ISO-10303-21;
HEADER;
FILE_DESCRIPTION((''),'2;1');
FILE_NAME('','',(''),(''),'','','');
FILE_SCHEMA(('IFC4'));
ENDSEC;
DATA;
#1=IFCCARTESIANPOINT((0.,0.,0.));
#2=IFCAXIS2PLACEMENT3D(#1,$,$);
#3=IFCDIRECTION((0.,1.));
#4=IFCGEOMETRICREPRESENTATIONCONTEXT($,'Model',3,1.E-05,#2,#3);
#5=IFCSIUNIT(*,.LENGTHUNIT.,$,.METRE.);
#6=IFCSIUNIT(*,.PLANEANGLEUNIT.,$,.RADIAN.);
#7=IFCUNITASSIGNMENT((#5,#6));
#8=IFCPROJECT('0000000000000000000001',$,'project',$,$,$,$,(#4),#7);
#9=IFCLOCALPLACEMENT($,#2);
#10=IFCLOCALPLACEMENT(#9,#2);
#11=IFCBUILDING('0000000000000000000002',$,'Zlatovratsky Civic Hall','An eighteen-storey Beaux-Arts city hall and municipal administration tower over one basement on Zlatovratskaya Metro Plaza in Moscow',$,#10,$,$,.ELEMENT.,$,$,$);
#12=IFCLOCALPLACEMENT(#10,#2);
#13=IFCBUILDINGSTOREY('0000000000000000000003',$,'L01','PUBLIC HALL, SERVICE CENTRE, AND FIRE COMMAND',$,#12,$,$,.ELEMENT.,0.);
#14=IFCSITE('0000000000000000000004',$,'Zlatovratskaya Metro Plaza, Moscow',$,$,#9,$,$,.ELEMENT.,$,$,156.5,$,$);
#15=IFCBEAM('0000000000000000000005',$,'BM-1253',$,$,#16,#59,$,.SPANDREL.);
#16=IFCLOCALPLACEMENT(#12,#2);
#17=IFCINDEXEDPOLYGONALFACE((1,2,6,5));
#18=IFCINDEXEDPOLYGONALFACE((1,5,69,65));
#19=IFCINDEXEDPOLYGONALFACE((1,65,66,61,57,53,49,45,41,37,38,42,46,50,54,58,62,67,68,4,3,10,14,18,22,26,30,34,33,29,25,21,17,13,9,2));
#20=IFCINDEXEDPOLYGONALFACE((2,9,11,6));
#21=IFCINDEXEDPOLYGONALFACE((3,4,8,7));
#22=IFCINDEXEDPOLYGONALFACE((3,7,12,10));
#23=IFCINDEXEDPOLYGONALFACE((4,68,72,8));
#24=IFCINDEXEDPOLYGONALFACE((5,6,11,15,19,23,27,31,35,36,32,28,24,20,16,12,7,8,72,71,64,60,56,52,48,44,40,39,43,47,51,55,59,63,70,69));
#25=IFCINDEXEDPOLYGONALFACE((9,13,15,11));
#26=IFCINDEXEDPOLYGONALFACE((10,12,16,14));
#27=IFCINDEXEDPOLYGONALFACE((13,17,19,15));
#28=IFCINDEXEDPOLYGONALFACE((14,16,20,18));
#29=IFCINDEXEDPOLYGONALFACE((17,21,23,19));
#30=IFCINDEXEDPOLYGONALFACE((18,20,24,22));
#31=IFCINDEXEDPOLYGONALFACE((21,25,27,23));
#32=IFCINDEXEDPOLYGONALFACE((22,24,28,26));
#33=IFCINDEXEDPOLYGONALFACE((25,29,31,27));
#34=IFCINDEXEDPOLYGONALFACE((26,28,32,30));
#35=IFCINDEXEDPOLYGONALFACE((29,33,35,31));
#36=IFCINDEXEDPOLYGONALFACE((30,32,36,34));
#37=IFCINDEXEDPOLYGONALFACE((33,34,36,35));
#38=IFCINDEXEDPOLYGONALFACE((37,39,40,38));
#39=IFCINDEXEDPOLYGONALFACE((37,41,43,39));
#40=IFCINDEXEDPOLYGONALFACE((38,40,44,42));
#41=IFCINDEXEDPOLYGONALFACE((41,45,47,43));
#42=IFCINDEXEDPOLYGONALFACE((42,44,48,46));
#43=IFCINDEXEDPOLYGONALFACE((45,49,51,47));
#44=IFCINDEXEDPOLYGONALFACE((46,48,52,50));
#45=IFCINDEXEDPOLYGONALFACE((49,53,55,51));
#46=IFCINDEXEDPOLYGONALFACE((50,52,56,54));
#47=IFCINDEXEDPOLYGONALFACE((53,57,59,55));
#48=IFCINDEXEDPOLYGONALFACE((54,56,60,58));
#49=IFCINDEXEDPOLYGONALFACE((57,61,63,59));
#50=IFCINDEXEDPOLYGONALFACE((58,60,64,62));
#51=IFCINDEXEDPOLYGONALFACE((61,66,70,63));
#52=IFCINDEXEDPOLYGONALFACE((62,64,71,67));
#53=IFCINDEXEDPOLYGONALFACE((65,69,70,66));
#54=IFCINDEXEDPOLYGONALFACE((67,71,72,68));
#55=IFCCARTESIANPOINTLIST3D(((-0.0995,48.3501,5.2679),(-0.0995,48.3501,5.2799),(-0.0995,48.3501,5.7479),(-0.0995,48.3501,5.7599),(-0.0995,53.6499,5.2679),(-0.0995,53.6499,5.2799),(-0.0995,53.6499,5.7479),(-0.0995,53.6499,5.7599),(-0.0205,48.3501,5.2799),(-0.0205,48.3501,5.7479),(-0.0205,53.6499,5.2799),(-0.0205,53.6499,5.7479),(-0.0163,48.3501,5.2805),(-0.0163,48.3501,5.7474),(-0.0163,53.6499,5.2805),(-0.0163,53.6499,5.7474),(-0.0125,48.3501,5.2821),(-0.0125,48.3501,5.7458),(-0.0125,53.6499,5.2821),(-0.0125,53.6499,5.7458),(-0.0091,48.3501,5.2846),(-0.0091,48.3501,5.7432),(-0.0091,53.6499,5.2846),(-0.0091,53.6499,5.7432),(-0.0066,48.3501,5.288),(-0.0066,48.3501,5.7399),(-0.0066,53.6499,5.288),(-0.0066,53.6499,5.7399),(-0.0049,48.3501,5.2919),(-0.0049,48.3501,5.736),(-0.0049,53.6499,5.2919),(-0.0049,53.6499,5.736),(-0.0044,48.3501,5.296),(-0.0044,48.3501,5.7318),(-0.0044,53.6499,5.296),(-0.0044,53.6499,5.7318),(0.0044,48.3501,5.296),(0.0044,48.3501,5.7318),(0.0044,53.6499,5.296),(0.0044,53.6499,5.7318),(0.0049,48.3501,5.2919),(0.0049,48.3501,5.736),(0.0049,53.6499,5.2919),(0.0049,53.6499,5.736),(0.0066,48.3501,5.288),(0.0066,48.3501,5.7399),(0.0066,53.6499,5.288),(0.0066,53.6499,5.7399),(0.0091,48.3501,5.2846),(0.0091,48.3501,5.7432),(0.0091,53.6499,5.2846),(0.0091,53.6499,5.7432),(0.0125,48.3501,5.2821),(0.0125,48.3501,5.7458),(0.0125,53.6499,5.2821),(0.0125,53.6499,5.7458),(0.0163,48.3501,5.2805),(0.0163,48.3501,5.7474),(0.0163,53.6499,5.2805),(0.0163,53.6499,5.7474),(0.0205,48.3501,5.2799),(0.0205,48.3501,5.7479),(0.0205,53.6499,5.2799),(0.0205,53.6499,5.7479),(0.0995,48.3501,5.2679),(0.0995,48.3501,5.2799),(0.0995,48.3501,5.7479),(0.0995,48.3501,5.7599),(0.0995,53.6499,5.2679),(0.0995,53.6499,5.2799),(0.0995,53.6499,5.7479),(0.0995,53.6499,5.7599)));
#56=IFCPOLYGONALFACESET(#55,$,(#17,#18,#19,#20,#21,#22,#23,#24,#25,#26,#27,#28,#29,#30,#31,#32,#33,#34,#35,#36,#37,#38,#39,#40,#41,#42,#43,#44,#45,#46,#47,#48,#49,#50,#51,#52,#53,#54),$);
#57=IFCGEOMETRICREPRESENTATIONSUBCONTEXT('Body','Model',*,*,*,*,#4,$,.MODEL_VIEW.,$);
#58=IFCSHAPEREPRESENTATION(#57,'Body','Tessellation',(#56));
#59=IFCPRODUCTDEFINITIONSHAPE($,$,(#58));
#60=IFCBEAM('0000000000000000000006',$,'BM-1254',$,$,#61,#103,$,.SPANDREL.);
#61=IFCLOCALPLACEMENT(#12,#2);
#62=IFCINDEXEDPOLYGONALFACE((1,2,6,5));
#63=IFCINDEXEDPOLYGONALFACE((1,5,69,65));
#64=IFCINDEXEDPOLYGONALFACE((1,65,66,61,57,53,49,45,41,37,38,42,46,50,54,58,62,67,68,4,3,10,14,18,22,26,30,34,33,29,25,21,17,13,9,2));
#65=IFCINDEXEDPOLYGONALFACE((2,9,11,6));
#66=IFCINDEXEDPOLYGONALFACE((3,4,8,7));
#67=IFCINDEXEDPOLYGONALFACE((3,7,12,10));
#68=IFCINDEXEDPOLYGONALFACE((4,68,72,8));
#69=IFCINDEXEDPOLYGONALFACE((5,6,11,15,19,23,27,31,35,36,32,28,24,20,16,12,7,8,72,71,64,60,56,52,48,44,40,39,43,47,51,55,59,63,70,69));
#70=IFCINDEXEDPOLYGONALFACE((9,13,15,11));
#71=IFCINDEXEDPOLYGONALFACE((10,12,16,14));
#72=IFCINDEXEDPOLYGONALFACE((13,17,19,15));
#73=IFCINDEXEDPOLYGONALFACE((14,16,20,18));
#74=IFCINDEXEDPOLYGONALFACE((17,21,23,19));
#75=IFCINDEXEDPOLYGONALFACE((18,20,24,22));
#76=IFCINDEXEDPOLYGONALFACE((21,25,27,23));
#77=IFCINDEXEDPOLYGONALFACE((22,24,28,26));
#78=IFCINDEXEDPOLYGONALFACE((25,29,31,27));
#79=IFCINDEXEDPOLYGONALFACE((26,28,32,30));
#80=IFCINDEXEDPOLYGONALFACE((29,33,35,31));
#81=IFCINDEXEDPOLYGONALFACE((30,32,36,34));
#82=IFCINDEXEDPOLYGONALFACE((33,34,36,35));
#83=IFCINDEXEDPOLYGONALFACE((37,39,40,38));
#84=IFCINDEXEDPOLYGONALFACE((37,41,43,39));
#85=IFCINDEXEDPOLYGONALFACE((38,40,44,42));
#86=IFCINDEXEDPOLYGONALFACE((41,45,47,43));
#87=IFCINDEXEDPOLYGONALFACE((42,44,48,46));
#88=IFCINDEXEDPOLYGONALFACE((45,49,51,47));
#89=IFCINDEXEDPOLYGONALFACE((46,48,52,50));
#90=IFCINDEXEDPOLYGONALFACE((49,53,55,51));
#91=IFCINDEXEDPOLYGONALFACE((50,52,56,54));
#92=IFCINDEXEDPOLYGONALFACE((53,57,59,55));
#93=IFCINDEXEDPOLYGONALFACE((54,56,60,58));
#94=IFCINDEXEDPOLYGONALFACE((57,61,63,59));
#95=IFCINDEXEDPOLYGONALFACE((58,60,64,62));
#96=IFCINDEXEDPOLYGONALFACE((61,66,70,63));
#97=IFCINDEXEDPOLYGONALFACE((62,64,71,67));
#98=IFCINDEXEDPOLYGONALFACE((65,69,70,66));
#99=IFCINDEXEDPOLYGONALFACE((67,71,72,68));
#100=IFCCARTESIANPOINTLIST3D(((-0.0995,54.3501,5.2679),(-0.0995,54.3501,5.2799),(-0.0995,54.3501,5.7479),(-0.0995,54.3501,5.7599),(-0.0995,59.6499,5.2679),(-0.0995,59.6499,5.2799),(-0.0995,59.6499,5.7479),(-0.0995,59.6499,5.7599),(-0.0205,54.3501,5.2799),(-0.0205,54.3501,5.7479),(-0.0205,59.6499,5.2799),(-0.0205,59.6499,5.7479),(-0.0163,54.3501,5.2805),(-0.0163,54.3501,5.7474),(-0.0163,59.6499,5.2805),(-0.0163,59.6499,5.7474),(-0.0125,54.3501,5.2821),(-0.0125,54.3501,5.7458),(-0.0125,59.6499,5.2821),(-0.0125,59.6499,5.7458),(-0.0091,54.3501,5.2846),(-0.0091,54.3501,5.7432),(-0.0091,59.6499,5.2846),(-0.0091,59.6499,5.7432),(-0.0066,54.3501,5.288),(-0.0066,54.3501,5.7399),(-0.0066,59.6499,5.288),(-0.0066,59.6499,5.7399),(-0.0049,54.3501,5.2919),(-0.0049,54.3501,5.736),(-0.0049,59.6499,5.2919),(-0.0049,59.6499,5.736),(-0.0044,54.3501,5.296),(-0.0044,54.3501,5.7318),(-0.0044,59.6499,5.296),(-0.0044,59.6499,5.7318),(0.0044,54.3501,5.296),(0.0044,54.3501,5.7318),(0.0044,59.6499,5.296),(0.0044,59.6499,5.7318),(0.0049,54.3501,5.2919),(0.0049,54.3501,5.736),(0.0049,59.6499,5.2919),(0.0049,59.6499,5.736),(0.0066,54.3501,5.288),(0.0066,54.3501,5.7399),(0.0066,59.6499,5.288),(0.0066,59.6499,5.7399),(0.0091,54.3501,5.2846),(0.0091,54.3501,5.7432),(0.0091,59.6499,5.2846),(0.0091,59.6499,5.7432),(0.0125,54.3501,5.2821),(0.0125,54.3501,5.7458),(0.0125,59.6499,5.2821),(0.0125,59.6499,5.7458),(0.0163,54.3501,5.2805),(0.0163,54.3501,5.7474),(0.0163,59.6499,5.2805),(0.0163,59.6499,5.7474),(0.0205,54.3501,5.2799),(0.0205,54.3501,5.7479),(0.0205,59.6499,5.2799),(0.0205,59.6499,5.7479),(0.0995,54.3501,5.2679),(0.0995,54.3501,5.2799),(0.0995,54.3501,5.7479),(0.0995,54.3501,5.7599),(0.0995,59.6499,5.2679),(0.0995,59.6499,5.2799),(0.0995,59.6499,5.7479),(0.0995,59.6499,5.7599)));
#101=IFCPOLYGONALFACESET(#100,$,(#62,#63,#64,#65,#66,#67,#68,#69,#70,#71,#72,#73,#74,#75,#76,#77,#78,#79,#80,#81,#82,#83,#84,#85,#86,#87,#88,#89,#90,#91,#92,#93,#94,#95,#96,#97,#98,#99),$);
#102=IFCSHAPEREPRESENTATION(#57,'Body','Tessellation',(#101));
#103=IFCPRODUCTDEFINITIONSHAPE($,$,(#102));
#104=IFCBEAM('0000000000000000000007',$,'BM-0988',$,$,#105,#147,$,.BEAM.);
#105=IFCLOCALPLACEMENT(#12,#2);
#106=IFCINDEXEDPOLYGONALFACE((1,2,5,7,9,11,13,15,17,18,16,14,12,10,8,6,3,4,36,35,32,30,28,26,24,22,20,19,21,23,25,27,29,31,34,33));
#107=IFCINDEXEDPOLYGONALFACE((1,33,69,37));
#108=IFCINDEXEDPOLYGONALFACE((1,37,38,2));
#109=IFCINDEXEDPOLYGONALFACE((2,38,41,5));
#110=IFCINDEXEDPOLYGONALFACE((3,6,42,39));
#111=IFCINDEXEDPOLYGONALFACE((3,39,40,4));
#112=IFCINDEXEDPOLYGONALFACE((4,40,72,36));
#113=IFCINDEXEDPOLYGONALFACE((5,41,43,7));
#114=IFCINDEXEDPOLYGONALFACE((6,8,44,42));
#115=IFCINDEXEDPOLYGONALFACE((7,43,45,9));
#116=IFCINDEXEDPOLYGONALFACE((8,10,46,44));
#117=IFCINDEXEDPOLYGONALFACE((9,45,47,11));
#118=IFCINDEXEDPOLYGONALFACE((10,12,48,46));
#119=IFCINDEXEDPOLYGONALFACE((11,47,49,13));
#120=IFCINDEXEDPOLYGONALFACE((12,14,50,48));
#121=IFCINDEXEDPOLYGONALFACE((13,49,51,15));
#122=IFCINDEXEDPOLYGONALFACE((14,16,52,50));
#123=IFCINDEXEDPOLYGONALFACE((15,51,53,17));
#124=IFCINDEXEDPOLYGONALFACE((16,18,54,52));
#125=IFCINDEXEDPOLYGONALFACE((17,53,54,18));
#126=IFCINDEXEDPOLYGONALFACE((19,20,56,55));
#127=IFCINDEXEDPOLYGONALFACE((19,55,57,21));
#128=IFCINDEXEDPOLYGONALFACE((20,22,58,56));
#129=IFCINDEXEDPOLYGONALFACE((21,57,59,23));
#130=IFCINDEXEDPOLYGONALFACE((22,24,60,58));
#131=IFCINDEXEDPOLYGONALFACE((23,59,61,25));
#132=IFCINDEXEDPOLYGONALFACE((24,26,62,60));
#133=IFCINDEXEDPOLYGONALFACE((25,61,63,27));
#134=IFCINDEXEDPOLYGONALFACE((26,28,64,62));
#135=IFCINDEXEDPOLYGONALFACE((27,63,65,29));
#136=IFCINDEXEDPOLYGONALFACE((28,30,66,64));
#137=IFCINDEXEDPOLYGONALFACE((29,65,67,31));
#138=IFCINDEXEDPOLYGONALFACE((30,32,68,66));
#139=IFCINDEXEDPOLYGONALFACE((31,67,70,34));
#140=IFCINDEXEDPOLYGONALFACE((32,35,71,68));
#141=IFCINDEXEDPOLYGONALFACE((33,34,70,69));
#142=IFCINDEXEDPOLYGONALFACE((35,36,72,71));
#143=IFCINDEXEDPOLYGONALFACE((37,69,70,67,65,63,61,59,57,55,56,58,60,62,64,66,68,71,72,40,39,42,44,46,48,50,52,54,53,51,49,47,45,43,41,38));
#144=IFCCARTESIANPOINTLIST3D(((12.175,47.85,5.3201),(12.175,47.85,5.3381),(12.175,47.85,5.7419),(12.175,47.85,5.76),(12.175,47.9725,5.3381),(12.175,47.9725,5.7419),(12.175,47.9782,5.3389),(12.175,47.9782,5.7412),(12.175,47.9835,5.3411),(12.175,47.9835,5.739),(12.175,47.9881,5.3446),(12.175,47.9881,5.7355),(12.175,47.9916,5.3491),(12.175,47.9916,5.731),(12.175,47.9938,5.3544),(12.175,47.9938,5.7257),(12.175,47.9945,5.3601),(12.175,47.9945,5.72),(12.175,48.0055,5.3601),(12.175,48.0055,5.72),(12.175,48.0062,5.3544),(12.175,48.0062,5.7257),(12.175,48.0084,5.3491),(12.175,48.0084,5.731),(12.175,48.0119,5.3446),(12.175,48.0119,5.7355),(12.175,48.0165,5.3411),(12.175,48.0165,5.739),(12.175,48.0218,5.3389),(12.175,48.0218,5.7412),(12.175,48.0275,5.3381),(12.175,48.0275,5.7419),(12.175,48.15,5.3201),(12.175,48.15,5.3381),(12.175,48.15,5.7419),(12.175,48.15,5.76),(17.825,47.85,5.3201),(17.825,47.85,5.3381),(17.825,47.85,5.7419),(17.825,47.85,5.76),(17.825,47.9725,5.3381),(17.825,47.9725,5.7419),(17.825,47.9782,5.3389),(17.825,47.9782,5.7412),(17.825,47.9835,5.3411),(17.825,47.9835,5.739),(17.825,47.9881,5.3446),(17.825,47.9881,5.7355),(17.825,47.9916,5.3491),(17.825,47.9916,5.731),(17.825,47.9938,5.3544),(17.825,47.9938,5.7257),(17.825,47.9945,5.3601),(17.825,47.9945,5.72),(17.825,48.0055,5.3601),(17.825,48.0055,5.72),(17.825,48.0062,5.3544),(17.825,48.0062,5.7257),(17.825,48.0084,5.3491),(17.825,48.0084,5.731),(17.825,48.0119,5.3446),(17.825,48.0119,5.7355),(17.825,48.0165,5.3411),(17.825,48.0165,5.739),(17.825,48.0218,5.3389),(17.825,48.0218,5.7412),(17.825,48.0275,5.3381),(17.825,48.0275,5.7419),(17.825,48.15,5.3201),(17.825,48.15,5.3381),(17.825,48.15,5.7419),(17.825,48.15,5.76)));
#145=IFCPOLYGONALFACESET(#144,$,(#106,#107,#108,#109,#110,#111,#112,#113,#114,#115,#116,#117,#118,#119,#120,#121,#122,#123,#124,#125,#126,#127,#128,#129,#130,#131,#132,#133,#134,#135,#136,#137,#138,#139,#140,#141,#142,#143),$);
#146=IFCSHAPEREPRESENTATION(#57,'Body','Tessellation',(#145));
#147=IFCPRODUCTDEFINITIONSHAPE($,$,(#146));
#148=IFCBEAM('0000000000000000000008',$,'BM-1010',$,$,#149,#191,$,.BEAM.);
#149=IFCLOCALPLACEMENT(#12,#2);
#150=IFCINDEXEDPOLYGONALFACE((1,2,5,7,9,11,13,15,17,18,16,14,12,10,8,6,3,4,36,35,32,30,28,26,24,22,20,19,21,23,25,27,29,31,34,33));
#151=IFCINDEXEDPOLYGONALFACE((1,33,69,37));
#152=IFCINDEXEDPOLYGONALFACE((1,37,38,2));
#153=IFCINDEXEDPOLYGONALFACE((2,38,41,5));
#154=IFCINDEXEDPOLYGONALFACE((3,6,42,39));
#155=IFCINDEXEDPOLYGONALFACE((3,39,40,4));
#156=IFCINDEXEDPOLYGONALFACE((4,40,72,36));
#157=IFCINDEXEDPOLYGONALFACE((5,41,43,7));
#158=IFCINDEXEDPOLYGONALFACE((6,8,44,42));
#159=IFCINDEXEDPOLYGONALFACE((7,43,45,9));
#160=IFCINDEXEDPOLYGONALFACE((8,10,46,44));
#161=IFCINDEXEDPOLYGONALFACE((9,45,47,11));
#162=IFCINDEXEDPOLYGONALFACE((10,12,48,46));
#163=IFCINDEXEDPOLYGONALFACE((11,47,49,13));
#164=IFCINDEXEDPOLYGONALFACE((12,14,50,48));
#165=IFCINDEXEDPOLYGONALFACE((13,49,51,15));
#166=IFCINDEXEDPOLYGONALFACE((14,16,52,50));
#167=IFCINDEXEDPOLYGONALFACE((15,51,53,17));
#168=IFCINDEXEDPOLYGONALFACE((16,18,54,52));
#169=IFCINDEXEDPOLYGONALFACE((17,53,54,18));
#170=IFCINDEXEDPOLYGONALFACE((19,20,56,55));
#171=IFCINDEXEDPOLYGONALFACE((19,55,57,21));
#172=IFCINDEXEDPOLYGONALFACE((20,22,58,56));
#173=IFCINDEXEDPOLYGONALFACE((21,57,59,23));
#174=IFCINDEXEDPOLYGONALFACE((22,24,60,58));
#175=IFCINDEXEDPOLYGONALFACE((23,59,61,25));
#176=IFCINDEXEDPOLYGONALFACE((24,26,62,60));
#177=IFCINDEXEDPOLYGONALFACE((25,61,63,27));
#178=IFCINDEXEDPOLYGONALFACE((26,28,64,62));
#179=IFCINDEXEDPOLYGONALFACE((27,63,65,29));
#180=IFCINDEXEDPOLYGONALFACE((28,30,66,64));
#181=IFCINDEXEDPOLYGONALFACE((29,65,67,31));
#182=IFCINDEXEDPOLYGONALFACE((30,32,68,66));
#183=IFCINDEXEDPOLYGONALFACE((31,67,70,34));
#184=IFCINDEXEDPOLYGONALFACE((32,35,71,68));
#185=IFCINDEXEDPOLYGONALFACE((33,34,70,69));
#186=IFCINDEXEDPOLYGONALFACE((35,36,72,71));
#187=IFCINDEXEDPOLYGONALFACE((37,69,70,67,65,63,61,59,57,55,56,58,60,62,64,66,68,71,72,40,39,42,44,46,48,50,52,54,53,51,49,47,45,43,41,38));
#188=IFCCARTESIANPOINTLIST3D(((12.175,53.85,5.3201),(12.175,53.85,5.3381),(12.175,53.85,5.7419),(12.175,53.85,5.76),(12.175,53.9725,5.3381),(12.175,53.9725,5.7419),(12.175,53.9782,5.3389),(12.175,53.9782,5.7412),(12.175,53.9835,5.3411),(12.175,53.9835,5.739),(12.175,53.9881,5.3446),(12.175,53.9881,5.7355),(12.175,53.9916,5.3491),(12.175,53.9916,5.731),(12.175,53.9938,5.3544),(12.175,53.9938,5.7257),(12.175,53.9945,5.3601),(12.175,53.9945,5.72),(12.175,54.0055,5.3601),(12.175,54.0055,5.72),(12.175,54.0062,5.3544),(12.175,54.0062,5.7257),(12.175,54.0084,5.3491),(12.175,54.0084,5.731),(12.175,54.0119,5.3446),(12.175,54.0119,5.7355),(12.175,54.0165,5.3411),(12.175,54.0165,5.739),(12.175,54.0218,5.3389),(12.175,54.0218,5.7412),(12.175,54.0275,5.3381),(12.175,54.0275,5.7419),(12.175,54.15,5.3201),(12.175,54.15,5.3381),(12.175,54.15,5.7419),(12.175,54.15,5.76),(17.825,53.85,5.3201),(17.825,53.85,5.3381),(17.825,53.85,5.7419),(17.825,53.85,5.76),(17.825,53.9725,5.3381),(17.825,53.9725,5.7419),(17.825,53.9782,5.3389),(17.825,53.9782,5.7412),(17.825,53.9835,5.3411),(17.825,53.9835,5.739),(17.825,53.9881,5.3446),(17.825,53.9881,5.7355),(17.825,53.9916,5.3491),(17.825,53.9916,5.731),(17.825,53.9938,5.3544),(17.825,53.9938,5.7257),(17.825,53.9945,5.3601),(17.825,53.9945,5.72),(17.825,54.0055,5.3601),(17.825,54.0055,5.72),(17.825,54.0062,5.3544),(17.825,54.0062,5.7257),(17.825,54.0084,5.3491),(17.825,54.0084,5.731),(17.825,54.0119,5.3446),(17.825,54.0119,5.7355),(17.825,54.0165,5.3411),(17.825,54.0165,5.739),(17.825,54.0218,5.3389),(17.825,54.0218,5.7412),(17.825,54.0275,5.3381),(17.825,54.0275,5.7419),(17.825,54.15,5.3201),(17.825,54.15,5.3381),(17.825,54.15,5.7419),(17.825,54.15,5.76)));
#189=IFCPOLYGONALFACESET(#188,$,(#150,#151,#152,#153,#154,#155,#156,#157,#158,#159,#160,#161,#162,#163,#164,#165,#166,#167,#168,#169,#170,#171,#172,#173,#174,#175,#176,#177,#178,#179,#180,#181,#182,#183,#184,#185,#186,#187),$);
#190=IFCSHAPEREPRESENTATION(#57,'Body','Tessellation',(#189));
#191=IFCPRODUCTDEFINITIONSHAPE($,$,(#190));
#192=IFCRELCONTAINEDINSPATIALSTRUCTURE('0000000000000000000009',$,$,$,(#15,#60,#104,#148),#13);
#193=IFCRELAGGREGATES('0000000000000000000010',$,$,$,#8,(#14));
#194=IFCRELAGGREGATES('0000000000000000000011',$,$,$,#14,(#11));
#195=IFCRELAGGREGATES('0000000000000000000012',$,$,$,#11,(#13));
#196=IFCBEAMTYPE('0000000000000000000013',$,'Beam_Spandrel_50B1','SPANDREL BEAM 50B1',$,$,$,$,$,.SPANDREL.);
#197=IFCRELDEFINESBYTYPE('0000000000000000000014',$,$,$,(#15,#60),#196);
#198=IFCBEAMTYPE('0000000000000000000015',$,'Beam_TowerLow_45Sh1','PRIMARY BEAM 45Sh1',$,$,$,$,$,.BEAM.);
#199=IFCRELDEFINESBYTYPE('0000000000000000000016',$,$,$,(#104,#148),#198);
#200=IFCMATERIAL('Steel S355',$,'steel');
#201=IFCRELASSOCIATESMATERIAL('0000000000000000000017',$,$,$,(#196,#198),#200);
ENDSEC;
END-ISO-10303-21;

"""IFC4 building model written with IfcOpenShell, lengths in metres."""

from ifc_helpers import new_model, si_unit, direction, frame, origin, origin_2d, place, context, subcontext, project, spatial, i_section, extrude, material, material_profile, profile_set, type_object, element, save


model = new_model("IFC4")

# Units and contexts
model_context = context("Model", 3, precision=1e-05, world=origin(), true_north=direction((0.0, 1.0)))
body_context = subcontext(model_context, "Body", "Model", "MODEL_VIEW")
ifc_project = project(units=[si_unit("LENGTHUNIT", "METRE"), si_unit("PLANEANGLEUNIT", "RADIAN")], contexts=[model_context])

# Site, building, storey
site_placement = place(None, origin())
site = spatial("IfcSite", under=ifc_project, at=site_placement, Name="Zlatovratskaya Metro Plaza, Moscow", CompositionType="ELEMENT", RefElevation=156.5)
building_placement = place(site_placement, origin())
building = spatial("IfcBuilding", under=site, at=building_placement, Name="Zlatovratsky Civic Hall", Description="An eighteen-storey Beaux-Arts city hall and municipal administration tower over one basement on Zlatovratskaya Metro Plaza in Moscow", CompositionType="ELEMENT")
storey_placement = place(building_placement, origin())
storey = spatial("IfcBuildingStorey", under=building, at=storey_placement, Name="L01", Description="PUBLIC HALL, SERVICE CENTRE, AND FIRE COMMAND", CompositionType="ELEMENT", Elevation=0.0)

# Shared definitions
ifc_material_1 = material(Name="Steel S355", Category="steel")

# Beams
ifc_material_profile_1 = material_profile(ifc_material_1, i_section(OverallWidth=0.199, OverallDepth=0.4919, WebThickness=0.0088, FlangeThickness=0.012, FilletRadius=0.0161, at=origin_2d()), Name="50B1")
ifc_profile_set_1 = profile_set([ifc_material_profile_1], Name="Steel S355")
beam_type_1 = type_object("IfcBeamType", Name="Beam_Spandrel_50B1", Description="SPANDREL BEAM 50B1", PredefinedType="SPANDREL", material=ifc_profile_set_1)
for number, where, z_axis, x_axis, name in (
    (1, (0.0, 48.3501, 5.5139), (0.0, 1.0, 0.0), (-1.0, 0.0, 0.0), "BM-1253"),
    (2, (0.0, 54.3501, 5.5139), (0.0, 1.0, 0.0), (-1.0, 0.0, 0.0), "BM-1254"),
):
    element("IfcBeam", number, at=place(storey_placement, frame(where, z_axis=z_axis, x_axis=x_axis)), inside=storey, type_object=beam_type_1, Name=name, PredefinedType="SPANDREL", context=body_context, shape_type="SweptSolid", body=[
        extrude(i_section(OverallWidth=0.199, OverallDepth=0.4919, WebThickness=0.0088, FlangeThickness=0.012, FilletRadius=0.0161, at=origin_2d()), origin(), (0.0, 0.0, 1.0), 5.2998),
    ])
ifc_material_profile_2 = material_profile(ifc_material_1, i_section(OverallWidth=0.3, OverallDepth=0.4399, WebThickness=0.011, FlangeThickness=0.0181, FilletRadius=0.022, at=origin_2d()), Name="45Sh1")
ifc_profile_set_2 = profile_set([ifc_material_profile_2], Name="Steel S355")
beam_type_2 = type_object("IfcBeamType", Name="Beam_TowerLow_45Sh1", Description="PRIMARY BEAM 45Sh1", PredefinedType="BEAM", material=ifc_profile_set_2)
for number, where, z_axis, x_axis, name in (
    (3, (12.175, 48.0, 5.54), (1.0, 0.0, 0.0), (0.0, 1.0, 0.0), "BM-0988"),
    (4, (12.175, 54.0, 5.54), (1.0, 0.0, 0.0), (0.0, 1.0, 0.0), "BM-1010"),
):
    element("IfcBeam", number, at=place(storey_placement, frame(where, z_axis=z_axis, x_axis=x_axis)), inside=storey, type_object=beam_type_2, Name=name, PredefinedType="BEAM", context=body_context, shape_type="SweptSolid", body=[
        extrude(i_section(OverallWidth=0.3, OverallDepth=0.4399, WebThickness=0.011, FlangeThickness=0.0181, FilletRadius=0.022, at=origin_2d()), origin(), (0.0, 0.0, 1.0), 5.6499),
    ])

save(model, "model.ifc")
